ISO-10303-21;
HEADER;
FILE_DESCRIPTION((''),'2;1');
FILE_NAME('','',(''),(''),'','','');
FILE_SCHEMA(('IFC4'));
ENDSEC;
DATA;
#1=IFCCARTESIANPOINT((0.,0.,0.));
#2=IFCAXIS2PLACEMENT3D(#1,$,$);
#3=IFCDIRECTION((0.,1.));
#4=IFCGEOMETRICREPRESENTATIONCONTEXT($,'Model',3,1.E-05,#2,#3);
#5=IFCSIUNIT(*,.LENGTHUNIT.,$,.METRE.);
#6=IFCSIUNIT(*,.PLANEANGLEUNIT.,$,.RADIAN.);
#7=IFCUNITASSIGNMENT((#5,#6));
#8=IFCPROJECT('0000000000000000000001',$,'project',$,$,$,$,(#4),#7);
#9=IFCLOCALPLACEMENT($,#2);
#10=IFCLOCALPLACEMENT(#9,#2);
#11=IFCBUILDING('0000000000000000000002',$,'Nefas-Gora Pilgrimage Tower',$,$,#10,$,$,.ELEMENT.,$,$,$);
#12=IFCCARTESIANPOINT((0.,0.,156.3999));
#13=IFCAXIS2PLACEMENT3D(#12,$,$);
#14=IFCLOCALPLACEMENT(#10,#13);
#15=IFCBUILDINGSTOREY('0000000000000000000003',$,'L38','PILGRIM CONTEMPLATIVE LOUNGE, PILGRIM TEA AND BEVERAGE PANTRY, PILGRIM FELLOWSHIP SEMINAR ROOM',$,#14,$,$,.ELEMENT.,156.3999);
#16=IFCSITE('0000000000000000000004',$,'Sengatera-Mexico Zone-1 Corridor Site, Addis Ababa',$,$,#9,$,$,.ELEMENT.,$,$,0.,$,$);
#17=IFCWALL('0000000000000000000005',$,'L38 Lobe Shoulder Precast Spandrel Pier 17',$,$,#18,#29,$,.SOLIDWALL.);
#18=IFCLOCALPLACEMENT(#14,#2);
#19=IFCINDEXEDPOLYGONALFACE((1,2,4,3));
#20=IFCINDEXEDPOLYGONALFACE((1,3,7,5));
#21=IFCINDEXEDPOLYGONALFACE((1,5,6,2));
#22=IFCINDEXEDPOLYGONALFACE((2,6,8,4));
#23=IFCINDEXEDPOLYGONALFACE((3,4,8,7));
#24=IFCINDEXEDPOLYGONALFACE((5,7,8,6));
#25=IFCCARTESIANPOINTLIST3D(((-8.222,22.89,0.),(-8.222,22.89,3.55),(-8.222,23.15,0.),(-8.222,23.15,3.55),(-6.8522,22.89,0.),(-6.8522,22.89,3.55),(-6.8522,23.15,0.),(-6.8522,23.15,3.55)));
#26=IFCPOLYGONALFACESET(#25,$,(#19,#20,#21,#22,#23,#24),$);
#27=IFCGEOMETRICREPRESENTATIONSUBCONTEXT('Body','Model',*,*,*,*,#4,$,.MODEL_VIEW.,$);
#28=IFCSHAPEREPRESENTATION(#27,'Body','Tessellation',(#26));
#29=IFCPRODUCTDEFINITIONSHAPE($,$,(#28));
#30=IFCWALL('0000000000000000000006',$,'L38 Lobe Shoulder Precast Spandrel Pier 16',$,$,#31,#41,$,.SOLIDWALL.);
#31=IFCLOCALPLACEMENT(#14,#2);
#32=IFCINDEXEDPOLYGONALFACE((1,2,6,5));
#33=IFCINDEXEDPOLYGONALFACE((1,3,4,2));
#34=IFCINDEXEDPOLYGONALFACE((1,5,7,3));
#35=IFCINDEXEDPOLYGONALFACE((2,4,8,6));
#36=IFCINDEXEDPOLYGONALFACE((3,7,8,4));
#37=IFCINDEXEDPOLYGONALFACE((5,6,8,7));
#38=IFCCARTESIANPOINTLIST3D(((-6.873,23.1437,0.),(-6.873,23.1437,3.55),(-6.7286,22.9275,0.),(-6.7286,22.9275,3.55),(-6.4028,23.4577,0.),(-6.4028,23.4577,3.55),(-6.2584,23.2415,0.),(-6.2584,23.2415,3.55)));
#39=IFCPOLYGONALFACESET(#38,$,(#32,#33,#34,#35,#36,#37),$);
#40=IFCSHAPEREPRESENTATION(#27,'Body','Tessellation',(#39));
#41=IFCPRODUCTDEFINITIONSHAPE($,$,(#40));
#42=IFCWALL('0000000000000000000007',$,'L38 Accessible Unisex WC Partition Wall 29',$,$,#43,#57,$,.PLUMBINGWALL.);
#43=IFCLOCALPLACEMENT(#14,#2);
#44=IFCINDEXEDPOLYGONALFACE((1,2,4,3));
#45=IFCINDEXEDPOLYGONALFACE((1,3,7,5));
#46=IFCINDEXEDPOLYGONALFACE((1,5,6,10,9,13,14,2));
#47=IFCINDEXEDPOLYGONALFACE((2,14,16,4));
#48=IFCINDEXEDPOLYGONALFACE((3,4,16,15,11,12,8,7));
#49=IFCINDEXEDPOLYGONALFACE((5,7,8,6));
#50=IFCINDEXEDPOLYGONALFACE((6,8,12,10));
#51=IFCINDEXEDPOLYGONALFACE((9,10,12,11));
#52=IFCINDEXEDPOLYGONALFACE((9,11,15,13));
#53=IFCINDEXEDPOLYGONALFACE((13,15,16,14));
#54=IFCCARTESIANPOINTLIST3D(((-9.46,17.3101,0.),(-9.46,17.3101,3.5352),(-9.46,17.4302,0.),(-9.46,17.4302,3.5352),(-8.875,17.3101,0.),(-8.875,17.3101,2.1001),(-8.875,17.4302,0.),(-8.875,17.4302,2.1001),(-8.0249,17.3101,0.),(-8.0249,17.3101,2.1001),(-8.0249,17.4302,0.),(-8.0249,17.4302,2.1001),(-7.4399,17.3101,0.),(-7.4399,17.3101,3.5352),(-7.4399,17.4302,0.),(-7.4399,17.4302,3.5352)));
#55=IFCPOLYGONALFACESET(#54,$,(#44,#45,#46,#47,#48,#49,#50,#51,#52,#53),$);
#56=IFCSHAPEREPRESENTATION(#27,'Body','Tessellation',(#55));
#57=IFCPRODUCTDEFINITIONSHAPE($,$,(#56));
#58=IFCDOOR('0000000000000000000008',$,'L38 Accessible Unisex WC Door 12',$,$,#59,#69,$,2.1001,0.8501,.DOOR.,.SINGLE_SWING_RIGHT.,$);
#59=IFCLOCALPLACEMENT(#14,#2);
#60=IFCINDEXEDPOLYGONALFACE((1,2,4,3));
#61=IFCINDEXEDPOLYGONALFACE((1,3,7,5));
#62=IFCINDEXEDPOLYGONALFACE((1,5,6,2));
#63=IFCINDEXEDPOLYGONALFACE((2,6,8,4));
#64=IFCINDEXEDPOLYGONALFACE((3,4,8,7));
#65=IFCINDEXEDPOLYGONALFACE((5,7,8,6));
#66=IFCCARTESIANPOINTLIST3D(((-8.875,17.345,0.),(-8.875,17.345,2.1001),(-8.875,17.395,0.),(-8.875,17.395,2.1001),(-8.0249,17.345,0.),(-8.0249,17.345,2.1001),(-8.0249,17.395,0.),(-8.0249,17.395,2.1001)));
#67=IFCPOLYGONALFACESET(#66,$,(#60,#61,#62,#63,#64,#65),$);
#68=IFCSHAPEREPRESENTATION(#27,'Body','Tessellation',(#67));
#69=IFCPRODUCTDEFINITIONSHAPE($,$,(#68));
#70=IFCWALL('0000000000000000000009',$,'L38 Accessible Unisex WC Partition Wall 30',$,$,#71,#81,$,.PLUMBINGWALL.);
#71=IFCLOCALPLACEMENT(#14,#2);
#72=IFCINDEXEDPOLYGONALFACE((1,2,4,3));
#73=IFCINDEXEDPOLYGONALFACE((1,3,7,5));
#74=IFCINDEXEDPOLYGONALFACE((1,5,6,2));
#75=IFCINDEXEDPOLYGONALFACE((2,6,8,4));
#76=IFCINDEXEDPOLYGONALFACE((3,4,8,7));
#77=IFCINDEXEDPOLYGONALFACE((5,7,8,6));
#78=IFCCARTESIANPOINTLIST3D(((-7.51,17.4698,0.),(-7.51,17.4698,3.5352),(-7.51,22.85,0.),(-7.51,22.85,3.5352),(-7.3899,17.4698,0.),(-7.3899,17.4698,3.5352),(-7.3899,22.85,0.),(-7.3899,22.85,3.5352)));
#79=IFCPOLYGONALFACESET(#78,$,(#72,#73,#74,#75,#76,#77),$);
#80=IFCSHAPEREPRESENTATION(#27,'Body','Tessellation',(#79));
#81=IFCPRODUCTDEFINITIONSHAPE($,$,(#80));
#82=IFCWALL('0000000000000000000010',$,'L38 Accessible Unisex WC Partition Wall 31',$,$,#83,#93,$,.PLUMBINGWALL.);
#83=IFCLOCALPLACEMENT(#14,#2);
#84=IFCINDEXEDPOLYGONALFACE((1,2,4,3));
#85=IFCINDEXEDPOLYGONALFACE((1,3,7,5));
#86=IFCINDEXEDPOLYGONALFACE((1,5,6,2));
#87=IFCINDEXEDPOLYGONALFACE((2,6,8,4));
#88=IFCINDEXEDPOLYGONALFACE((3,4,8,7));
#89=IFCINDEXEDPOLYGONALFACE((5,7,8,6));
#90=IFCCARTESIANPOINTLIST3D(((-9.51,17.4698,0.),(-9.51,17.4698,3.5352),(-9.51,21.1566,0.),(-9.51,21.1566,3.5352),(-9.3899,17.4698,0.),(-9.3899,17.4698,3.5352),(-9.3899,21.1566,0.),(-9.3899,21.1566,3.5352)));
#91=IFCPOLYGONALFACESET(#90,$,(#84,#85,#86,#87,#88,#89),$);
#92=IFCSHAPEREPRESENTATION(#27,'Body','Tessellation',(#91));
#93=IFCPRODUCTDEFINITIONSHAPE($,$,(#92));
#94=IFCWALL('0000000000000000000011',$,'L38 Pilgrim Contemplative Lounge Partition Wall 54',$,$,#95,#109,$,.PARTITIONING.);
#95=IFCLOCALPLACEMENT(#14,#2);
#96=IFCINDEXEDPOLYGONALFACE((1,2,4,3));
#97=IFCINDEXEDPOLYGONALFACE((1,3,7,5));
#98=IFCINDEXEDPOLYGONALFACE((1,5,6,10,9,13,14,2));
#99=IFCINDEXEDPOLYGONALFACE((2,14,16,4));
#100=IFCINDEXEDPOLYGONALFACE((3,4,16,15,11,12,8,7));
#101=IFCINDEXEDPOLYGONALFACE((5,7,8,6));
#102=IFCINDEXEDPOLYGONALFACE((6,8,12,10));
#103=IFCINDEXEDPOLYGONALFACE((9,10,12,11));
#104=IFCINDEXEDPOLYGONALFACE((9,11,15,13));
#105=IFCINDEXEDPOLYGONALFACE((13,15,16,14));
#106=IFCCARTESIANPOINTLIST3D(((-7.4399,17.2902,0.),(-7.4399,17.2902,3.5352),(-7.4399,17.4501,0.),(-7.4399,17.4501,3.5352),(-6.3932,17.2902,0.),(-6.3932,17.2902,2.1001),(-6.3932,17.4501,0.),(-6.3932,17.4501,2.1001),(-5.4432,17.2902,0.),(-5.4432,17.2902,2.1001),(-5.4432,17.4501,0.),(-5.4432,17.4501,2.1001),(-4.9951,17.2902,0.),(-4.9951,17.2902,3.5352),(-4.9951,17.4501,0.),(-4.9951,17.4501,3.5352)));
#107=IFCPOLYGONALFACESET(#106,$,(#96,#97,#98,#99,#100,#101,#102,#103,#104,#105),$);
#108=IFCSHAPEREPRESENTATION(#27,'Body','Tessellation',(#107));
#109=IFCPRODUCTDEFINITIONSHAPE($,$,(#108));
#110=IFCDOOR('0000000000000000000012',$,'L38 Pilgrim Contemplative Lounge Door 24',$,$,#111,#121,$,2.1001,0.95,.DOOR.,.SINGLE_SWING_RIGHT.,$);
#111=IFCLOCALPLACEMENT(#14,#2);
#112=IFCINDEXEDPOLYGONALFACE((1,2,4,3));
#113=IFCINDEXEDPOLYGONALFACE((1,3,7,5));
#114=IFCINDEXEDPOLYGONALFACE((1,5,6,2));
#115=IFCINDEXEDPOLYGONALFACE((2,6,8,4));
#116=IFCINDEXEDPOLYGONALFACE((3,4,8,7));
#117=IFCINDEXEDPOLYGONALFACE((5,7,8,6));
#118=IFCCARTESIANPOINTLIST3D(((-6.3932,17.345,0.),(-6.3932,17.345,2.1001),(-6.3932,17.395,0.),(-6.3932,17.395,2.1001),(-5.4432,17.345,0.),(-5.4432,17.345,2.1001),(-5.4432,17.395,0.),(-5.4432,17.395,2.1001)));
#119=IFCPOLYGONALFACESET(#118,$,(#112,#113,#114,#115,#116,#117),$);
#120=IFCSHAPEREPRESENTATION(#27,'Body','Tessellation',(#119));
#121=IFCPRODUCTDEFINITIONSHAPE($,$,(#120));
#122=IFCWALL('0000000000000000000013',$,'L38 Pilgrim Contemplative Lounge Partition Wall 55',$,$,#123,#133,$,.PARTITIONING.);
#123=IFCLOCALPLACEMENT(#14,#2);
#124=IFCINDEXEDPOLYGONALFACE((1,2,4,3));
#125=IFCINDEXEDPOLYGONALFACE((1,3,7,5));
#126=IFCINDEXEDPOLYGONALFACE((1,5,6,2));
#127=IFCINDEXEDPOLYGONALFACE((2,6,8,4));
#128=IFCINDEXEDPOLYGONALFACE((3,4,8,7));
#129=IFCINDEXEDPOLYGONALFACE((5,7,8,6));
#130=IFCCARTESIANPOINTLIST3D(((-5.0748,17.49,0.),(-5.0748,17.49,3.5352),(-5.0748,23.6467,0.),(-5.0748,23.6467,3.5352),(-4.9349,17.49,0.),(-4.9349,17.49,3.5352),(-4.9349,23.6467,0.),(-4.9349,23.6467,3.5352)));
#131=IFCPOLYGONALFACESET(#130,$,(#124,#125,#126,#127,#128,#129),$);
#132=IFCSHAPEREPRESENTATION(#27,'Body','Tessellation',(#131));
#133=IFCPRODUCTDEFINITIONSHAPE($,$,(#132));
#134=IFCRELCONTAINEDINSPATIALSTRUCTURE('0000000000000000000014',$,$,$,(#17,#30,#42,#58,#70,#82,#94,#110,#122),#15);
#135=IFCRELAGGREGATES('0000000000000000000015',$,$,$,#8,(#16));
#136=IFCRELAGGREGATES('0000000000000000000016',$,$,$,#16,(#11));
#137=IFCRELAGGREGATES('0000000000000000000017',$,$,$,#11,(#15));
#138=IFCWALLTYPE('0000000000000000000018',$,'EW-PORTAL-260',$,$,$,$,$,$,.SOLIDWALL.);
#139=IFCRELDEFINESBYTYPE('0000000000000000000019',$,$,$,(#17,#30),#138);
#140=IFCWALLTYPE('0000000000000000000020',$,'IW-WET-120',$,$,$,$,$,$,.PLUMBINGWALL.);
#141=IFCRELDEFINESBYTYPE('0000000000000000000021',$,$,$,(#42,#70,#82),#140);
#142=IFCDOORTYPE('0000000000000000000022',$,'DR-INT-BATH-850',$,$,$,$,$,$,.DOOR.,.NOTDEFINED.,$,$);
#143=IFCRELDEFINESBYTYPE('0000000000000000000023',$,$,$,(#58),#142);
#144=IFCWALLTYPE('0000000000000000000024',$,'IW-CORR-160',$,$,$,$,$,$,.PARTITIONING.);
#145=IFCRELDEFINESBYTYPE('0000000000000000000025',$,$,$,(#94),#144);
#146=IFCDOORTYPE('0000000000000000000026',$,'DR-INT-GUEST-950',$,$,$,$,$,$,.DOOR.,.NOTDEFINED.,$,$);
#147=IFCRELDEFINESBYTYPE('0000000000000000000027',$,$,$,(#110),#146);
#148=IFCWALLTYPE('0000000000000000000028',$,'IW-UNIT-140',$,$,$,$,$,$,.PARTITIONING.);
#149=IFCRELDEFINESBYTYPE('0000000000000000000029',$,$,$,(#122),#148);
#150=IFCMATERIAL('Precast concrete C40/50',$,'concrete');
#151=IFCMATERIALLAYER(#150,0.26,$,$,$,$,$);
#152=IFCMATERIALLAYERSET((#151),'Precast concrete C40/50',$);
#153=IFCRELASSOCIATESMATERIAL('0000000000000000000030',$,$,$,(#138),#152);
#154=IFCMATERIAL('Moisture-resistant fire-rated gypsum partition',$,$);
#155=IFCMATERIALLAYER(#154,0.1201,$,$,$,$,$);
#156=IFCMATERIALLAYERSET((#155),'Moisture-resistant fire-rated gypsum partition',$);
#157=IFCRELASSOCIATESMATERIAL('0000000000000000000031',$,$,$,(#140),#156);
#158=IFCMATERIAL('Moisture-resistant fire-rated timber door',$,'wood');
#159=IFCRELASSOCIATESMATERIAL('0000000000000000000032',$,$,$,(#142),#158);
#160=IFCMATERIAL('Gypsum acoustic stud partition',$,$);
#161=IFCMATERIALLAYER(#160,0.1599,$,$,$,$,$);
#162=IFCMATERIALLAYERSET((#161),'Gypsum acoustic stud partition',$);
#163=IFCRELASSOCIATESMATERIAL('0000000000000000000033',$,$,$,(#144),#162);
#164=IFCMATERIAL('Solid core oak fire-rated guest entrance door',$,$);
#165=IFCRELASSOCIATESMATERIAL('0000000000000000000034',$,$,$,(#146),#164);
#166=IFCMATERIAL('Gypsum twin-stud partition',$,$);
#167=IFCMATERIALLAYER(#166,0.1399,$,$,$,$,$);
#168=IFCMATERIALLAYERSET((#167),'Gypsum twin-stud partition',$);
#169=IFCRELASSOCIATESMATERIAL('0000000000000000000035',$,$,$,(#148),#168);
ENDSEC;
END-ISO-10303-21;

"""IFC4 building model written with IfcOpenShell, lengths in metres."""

from ifc_helpers import new_model, si_unit, direction, frame, frame_2d, origin, place, context, subcontext, project, spatial, rectangle, extrude, source, transform, mapped, material, layer, layer_set, type_object, element, fill, save


model = new_model("IFC4")

# Units and contexts
model_context = context("Model", 3, precision=1e-05, world=origin(), true_north=direction((0.0, 1.0)))
body_context = subcontext(model_context, "Body", "Model", "MODEL_VIEW")
ifc_project = project(units=[si_unit("LENGTHUNIT", "METRE"), si_unit("PLANEANGLEUNIT", "RADIAN")], contexts=[model_context])

# Site, building, storey
site_placement = place(None, origin())
site = spatial("IfcSite", under=ifc_project, at=site_placement, Name="Sengatera-Mexico Zone-1 Corridor Site, Addis Ababa", CompositionType="ELEMENT", RefElevation=0.0)
building_placement = place(site_placement, origin())
building = spatial("IfcBuilding", under=site, at=building_placement, Name="Nefas-Gora Pilgrimage Tower", CompositionType="ELEMENT")
storey_placement = place(building_placement, frame((0.0, 0.0, 156.3999)))
storey = spatial("IfcBuildingStorey", under=building, at=storey_placement, Name="L38", Description="PILGRIM CONTEMPLATIVE LOUNGE, PILGRIM TEA AND BEVERAGE PANTRY, PILGRIM FELLOWSHIP SEMINAR ROOM", CompositionType="ELEMENT", Elevation=156.3999)

# Walls
ifc_material_1 = material(Name="Precast concrete C40/50", Category="concrete")
ifc_layer_1 = layer(ifc_material_1, 0.26)
ifc_layer_set_1 = layer_set([ifc_layer_1], Name="Precast concrete C40/50")
wall_type_1 = type_object("IfcWallType", Name="EW-PORTAL-260", PredefinedType="SOLIDWALL", material=ifc_layer_set_1)
shared_shape_1 = source(origin(), body_context, "Body", "SweptSolid", [
    extrude(rectangle(XDim=1.3699, YDim=0.26, at=frame_2d((0.6851, 0.0))), origin(), (0.0, 0.0, 1.0), 3.55),
])
wall_1_placement = place(storey_placement, frame((-6.8521, 23.02, 0.0), z_axis=(0.0, 0.0, 1.0), x_axis=(-1.0, 0.0, 0.0)))
element("IfcWall", 1, at=wall_1_placement, inside=storey, type_object=wall_type_1, Name="L38 Lobe Shoulder Precast Spandrel Pier 17", PredefinedType="SOLIDWALL", context=body_context, shape_type="MappedRepresentation", body=[
    mapped(shared_shape_1, transform((0.0, 0.0, 0.0), x_axis=(1.0, 0.0, 0.0), y_axis=(0.0, 1.0, 0.0), z_axis=(0.0, 0.0, 1.0), scale=1.0)),
])
shared_shape_2 = source(origin(), body_context, "Body", "SweptSolid", [
    extrude(rectangle(XDim=0.5654, YDim=0.26, at=frame_2d((0.2827, 0.0))), origin(), (0.0, 0.0, 1.0), 3.55),
])
wall_2_placement = place(storey_placement, frame((-6.3306, 23.3496, 0.0), z_axis=(0.0, 0.0, 1.0), x_axis=(-0.831651, -0.555298, 0.0)))
element("IfcWall", 2, at=wall_2_placement, inside=storey, type_object=wall_type_1, Name="L38 Lobe Shoulder Precast Spandrel Pier 16", PredefinedType="SOLIDWALL", context=body_context, shape_type="MappedRepresentation", body=[
    mapped(shared_shape_2, transform((0.0, 0.0, 0.0), x_axis=(1.0, 0.0, 0.0), y_axis=(0.0, 1.0, 0.0), z_axis=(0.0, 0.0, 1.0), scale=1.0)),
])

# Wall, opening, door
ifc_material_2 = material(Name="Moisture-resistant fire-rated gypsum partition")
ifc_layer_2 = layer(ifc_material_2, 0.1201)
ifc_layer_set_2 = layer_set([ifc_layer_2], Name="Moisture-resistant fire-rated gypsum partition")
wall_type_2 = type_object("IfcWallType", Name="IW-WET-120", PredefinedType="PLUMBINGWALL", material=ifc_layer_set_2)
shared_shape_3 = source(origin(), body_context, "Body", "SweptSolid", [
    extrude(rectangle(XDim=2.02, YDim=0.1201, at=frame_2d((1.01, 0.0))), origin(), (0.0, 0.0, 1.0), 3.5352),
])
wall_3_placement = place(storey_placement, frame((-9.46, 17.3701, 0.0), z_axis=(0.0, 0.0, 1.0), x_axis=(1.0, 0.0, 0.0)))
wall_3 = element("IfcWall", 3, at=wall_3_placement, inside=storey, type_object=wall_type_2, Name="L38 Accessible Unisex WC Partition Wall 29", PredefinedType="PLUMBINGWALL", context=body_context, shape_type="MappedRepresentation", body=[
    mapped(shared_shape_3, transform((0.0, 0.0, 0.0), x_axis=(1.0, 0.0, 0.0), y_axis=(0.0, 1.0, 0.0), z_axis=(0.0, 0.0, 1.0), scale=1.0)),
])
opening_1_placement = place(wall_3_placement, frame((0.585, 0.0, 0.0)))
opening_1 = element("IfcOpeningElement", 4, at=opening_1_placement, cuts=wall_3, PredefinedType="OPENING", context=body_context, shape_type="SweptSolid", body=[
    extrude(rectangle(XDim=0.8501, YDim=2.1001, at=frame_2d((0.425, 1.05))), frame((0.0, 0.0701, 0.0), z_axis=(0.0, -1.0, 0.0), x_axis=(1.0, 0.0, 0.0)), (0.0, 0.0, 1.0), 0.1401),
])
ifc_material_3 = material(Name="Moisture-resistant fire-rated timber door", Category="wood")
door_type_1 = type_object("IfcDoorType", Name="DR-INT-BATH-850", OperationType="NOTDEFINED", PredefinedType="DOOR", material=ifc_material_3)
shared_shape_4 = source(origin(), body_context, "Body", "SweptSolid", [
    extrude(rectangle(XDim=0.8501, YDim=2.1001, at=frame_2d((0.425, 1.05))), frame((0.0, 0.0249, 0.0), z_axis=(0.0, -1.0, 0.0), x_axis=(1.0, 0.0, 0.0)), (0.0, 0.0, 1.0), 0.05),
])
door_1_placement = place(opening_1_placement, origin())
door_1 = element("IfcDoor", 5, at=door_1_placement, inside=storey, type_object=door_type_1, Name="L38 Accessible Unisex WC Door 12", OperationType="SINGLE_SWING_RIGHT", OverallHeight=2.1001, OverallWidth=0.8501, PredefinedType="DOOR", context=body_context, shape_type="MappedRepresentation", body=[
    mapped(shared_shape_4, transform((0.0, 0.0, 0.0), x_axis=(1.0, 0.0, 0.0), y_axis=(0.0, 1.0, 0.0), z_axis=(0.0, 0.0, 1.0), scale=1.0)),
])
fill(opening_1, door_1)

# Walls
shared_shape_5 = source(origin(), body_context, "Body", "SweptSolid", [
    extrude(rectangle(XDim=5.3801, YDim=0.1201, at=frame_2d((2.6899, 0.0))), origin(), (0.0, 0.0, 1.0), 3.5352),
])
wall_4_placement = place(storey_placement, frame((-7.45, 17.47, 0.0), z_axis=(0.0, 0.0, 1.0), x_axis=(0.0, 1.0, 0.0)))
element("IfcWall", 6, at=wall_4_placement, inside=storey, type_object=wall_type_2, Name="L38 Accessible Unisex WC Partition Wall 30", PredefinedType="PLUMBINGWALL", context=body_context, shape_type="MappedRepresentation", body=[
    mapped(shared_shape_5, transform((0.0, 0.0, 0.0), x_axis=(1.0, 0.0, 0.0), y_axis=(0.0, 1.0, 0.0), z_axis=(0.0, 0.0, 1.0), scale=1.0)),
])
shared_shape_6 = source(origin(), body_context, "Body", "SweptSolid", [
    extrude(rectangle(XDim=3.6868, YDim=0.1201, at=frame_2d((1.8433, 0.0))), origin(), (0.0, 0.0, 1.0), 3.5352),
])
wall_5_placement = place(storey_placement, frame((-9.45, 17.47, 0.0), z_axis=(0.0, 0.0, 1.0), x_axis=(0.0, 1.0, 0.0)))
element("IfcWall", 7, at=wall_5_placement, inside=storey, type_object=wall_type_2, Name="L38 Accessible Unisex WC Partition Wall 31", PredefinedType="PLUMBINGWALL", context=body_context, shape_type="MappedRepresentation", body=[
    mapped(shared_shape_6, transform((0.0, 0.0, 0.0), x_axis=(1.0, 0.0, 0.0), y_axis=(0.0, 1.0, 0.0), z_axis=(0.0, 0.0, 1.0), scale=1.0)),
])

# Wall, opening, door
ifc_material_4 = material(Name="Gypsum acoustic stud partition")
ifc_layer_3 = layer(ifc_material_4, 0.1599)
ifc_layer_set_3 = layer_set([ifc_layer_3], Name="Gypsum acoustic stud partition")
wall_type_3 = type_object("IfcWallType", Name="IW-CORR-160", PredefinedType="PARTITIONING", material=ifc_layer_set_3)
shared_shape_7 = source(origin(), body_context, "Body", "SweptSolid", [
    extrude(rectangle(XDim=2.4448, YDim=0.1599, at=frame_2d((1.2224, 0.0))), origin(), (0.0, 0.0, 1.0), 3.5352),
])
wall_6_placement = place(storey_placement, frame((-7.4399, 17.3701, 0.0), z_axis=(0.0, 0.0, 1.0), x_axis=(1.0, 0.0, 0.0)))
wall_6 = element("IfcWall", 8, at=wall_6_placement, inside=storey, type_object=wall_type_3, Name="L38 Pilgrim Contemplative Lounge Partition Wall 54", PredefinedType="PARTITIONING", context=body_context, shape_type="MappedRepresentation", body=[
    mapped(shared_shape_7, transform((0.0, 0.0, 0.0), x_axis=(1.0, 0.0, 0.0), y_axis=(0.0, 1.0, 0.0), z_axis=(0.0, 0.0, 1.0), scale=1.0)),
])
opening_2_placement = place(wall_6_placement, frame((1.0466, 0.0, 0.0)))
opening_2 = element("IfcOpeningElement", 9, at=opening_2_placement, cuts=wall_6, PredefinedType="OPENING", context=body_context, shape_type="SweptSolid", body=[
    extrude(rectangle(XDim=0.95, YDim=2.1001, at=frame_2d((0.4751, 1.05))), frame((0.0, 0.0898, 0.0), z_axis=(0.0, -1.0, 0.0), x_axis=(1.0, 0.0, 0.0)), (0.0, 0.0, 1.0), 0.1799),
])
ifc_material_5 = material(Name="Solid core oak fire-rated guest entrance door")
door_type_2 = type_object("IfcDoorType", Name="DR-INT-GUEST-950", OperationType="NOTDEFINED", PredefinedType="DOOR", material=ifc_material_5)
shared_shape_8 = source(origin(), body_context, "Body", "SweptSolid", [
    extrude(rectangle(XDim=0.95, YDim=2.1001, at=frame_2d((0.4751, 1.05))), frame((0.0, 0.0249, 0.0), z_axis=(0.0, -1.0, 0.0), x_axis=(1.0, 0.0, 0.0)), (0.0, 0.0, 1.0), 0.05),
])
door_2_placement = place(opening_2_placement, origin())
door_2 = element("IfcDoor", 10, at=door_2_placement, inside=storey, type_object=door_type_2, Name="L38 Pilgrim Contemplative Lounge Door 24", OperationType="SINGLE_SWING_RIGHT", OverallHeight=2.1001, OverallWidth=0.95, PredefinedType="DOOR", context=body_context, shape_type="MappedRepresentation", body=[
    mapped(shared_shape_8, transform((0.0, 0.0, 0.0), x_axis=(1.0, 0.0, 0.0), y_axis=(0.0, 1.0, 0.0), z_axis=(0.0, 0.0, 1.0), scale=1.0)),
])
fill(opening_2, door_2)

# Wall
ifc_material_6 = material(Name="Gypsum twin-stud partition")
ifc_layer_4 = layer(ifc_material_6, 0.1399)
ifc_layer_set_4 = layer_set([ifc_layer_4], Name="Gypsum twin-stud partition")
wall_type_4 = type_object("IfcWallType", Name="IW-UNIT-140", PredefinedType="PARTITIONING", material=ifc_layer_set_4)
shared_shape_9 = source(origin(), body_context, "Body", "SweptSolid", [
    extrude(rectangle(XDim=6.1567, YDim=0.1399, at=frame_2d((3.0784, 0.0))), origin(), (0.0, 0.0, 1.0), 3.5352),
])
wall_7_placement = place(storey_placement, frame((-5.0049, 17.49, 0.0), z_axis=(0.0, 0.0, 1.0), x_axis=(0.0, 1.0, 0.0)))
element("IfcWall", 11, at=wall_7_placement, inside=storey, type_object=wall_type_4, Name="L38 Pilgrim Contemplative Lounge Partition Wall 55", PredefinedType="PARTITIONING", context=body_context, shape_type="MappedRepresentation", body=[
    mapped(shared_shape_9, transform((0.0, 0.0, 0.0), x_axis=(1.0, 0.0, 0.0), y_axis=(0.0, 1.0, 0.0), z_axis=(0.0, 0.0, 1.0), scale=1.0)),
])

save(model, "model.ifc")
